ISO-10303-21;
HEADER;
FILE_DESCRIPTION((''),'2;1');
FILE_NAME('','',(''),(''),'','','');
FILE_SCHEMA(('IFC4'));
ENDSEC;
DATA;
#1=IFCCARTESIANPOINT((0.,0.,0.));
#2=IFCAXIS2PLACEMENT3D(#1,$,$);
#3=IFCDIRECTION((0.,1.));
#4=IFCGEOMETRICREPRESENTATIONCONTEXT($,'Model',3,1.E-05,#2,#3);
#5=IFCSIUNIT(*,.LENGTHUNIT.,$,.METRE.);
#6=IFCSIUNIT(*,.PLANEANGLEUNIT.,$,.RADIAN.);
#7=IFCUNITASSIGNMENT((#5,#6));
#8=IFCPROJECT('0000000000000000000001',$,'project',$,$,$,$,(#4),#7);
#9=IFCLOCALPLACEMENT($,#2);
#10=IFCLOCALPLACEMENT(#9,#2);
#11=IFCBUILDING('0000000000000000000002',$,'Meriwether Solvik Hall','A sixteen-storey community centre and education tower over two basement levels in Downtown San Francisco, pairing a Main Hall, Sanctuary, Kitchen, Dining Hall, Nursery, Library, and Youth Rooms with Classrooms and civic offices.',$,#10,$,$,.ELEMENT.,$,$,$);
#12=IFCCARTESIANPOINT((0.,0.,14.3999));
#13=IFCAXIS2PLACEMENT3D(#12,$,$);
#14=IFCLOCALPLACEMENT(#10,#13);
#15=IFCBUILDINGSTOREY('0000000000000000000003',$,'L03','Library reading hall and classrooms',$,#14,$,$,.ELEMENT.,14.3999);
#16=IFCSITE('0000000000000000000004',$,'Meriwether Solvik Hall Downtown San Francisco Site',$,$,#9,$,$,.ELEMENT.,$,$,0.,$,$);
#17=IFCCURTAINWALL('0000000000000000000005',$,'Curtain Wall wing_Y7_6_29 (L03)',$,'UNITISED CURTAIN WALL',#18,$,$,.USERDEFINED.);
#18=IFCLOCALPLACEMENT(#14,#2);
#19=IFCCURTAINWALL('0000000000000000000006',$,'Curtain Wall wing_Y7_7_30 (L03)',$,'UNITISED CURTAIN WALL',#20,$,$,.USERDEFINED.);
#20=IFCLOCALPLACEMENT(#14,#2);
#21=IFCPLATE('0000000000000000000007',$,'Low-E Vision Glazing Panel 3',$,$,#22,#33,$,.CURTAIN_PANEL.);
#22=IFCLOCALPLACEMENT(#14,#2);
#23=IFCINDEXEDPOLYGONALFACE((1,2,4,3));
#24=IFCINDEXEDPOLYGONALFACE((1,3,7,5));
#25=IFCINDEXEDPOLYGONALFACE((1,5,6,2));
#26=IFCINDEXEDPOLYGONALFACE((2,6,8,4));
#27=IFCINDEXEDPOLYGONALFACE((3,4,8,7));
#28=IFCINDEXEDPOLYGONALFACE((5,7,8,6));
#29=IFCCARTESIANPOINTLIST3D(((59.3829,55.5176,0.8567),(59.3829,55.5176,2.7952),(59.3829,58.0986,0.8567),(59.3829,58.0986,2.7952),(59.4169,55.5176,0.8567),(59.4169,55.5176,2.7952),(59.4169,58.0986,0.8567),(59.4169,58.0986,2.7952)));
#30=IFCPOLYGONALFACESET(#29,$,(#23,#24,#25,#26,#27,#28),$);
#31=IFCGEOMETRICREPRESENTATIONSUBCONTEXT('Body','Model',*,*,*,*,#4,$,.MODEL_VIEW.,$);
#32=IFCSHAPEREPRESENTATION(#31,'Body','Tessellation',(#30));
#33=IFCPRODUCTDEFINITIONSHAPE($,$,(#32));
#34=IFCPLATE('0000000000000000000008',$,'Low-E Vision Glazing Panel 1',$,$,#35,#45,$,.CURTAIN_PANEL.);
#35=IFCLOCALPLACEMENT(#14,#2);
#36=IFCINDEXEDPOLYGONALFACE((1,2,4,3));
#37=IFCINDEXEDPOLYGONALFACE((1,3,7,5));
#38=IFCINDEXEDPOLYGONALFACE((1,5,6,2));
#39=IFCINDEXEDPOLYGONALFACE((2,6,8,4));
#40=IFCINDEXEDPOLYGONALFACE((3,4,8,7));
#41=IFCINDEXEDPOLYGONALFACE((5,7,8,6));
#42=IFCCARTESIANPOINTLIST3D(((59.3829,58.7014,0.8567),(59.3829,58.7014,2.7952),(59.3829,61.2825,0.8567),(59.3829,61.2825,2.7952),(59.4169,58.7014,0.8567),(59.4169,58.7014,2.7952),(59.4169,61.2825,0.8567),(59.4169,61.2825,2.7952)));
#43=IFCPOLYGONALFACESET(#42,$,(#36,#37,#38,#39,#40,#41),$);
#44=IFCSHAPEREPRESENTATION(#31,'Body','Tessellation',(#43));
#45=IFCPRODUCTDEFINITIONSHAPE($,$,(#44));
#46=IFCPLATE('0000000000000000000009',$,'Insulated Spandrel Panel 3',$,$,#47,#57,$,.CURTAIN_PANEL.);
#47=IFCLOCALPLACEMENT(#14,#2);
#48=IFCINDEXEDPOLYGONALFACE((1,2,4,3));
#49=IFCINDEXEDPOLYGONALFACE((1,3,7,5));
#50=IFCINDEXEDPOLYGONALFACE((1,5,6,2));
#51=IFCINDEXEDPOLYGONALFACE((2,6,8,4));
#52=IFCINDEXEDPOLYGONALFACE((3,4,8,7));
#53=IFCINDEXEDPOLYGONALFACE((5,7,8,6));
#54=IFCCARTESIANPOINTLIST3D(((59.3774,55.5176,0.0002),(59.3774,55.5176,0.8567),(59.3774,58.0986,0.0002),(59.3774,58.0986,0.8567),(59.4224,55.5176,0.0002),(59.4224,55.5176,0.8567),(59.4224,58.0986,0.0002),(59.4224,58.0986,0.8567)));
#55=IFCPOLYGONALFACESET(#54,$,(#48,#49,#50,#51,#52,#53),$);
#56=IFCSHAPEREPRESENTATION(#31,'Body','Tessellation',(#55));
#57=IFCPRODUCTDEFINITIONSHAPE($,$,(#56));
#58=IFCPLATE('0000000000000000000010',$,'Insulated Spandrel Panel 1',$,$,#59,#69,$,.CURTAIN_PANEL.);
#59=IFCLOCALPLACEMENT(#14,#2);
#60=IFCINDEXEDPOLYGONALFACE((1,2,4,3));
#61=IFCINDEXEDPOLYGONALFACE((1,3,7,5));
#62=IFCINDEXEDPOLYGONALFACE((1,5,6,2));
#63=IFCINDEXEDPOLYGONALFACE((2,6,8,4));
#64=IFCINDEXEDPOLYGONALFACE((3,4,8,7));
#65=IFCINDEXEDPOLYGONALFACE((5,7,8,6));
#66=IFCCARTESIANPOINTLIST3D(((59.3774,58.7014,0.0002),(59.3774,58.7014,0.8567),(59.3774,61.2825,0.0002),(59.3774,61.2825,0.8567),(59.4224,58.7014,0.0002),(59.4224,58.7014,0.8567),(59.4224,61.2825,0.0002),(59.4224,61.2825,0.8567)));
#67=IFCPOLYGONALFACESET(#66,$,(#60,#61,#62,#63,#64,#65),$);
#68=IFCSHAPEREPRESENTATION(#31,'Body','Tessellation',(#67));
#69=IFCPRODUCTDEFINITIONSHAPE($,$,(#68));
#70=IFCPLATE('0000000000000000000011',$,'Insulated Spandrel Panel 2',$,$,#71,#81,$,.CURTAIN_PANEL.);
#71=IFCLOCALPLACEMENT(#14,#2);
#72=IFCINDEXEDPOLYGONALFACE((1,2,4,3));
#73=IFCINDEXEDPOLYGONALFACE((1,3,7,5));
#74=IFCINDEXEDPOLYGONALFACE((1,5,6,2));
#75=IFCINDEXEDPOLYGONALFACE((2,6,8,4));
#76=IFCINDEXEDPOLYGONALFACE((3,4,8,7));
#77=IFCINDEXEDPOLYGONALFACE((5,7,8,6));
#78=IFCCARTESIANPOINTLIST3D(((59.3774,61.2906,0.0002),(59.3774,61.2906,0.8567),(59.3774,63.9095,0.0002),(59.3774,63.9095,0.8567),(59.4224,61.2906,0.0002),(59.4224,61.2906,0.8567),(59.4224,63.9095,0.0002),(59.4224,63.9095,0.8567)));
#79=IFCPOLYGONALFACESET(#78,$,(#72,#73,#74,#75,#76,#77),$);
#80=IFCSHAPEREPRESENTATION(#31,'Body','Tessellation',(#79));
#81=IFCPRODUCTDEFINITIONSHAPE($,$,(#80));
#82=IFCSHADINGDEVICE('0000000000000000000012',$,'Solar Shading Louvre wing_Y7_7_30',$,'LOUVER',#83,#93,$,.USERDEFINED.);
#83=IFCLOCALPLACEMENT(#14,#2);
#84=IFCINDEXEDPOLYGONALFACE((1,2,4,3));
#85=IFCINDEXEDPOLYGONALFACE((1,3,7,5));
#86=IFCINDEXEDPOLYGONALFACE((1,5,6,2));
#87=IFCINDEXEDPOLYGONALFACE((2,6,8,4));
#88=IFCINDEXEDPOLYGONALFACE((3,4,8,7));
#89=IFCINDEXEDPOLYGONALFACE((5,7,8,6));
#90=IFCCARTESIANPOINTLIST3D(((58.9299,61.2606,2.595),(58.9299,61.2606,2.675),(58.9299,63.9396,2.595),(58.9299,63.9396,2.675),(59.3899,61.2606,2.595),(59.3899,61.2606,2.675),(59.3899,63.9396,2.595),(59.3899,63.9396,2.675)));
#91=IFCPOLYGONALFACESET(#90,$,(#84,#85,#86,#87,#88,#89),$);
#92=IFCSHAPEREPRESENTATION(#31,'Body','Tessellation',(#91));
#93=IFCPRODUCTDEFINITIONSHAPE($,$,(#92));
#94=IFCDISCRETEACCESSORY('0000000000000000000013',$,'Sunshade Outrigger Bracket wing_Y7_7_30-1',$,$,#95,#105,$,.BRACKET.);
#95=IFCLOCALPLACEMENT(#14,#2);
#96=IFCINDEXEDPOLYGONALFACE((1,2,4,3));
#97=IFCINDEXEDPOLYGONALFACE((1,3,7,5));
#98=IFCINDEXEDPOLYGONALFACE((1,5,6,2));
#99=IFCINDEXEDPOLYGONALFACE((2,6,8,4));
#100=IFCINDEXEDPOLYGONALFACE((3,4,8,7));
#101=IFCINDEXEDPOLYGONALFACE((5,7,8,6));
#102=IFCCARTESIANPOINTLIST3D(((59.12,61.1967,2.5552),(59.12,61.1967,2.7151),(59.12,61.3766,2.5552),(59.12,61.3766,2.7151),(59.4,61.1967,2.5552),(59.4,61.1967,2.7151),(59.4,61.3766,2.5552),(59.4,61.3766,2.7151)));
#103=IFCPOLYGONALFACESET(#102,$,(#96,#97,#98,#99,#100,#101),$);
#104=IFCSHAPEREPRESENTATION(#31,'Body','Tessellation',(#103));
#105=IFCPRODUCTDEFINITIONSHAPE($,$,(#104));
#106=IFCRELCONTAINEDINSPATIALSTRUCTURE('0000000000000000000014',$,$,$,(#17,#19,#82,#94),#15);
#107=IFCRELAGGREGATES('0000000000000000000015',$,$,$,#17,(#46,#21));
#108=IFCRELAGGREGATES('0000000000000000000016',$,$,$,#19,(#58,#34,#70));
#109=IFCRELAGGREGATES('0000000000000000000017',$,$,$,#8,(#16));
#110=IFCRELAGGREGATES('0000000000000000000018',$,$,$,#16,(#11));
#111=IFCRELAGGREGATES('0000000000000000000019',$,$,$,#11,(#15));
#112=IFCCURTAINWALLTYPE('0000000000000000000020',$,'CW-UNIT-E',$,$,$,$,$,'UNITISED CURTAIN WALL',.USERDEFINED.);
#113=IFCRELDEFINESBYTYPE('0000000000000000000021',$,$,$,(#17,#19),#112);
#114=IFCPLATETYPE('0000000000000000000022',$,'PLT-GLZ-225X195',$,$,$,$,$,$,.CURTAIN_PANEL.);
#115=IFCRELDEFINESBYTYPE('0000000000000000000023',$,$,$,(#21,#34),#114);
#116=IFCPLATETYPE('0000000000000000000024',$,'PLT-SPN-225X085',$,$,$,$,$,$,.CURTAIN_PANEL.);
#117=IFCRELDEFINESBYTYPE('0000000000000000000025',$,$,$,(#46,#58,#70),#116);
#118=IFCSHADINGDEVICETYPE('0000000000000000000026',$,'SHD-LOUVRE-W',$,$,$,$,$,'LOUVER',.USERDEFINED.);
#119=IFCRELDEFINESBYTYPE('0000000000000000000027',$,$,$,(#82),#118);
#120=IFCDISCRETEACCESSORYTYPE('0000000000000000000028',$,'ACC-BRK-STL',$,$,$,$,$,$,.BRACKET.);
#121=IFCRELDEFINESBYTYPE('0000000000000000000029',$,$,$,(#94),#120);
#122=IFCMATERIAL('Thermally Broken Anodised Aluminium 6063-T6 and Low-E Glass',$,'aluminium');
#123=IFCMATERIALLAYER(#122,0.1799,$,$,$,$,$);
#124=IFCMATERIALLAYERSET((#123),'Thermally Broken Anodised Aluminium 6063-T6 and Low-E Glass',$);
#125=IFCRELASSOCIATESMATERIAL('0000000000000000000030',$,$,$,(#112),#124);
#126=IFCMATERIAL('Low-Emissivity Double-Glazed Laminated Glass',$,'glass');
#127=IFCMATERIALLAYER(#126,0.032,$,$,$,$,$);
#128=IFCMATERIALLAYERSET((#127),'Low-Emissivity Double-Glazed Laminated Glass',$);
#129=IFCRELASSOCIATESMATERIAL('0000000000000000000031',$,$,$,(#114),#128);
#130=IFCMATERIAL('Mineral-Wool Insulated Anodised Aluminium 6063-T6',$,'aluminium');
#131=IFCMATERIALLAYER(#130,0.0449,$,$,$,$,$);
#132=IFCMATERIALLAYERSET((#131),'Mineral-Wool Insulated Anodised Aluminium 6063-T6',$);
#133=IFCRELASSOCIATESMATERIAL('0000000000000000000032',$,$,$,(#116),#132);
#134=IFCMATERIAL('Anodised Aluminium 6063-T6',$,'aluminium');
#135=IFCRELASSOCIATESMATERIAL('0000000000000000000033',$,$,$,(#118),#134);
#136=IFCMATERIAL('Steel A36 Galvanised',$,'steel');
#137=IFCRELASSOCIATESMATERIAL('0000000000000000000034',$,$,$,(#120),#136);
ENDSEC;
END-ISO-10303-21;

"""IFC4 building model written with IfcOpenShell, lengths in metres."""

from ifc_helpers import new_model, si_unit, direction, frame, origin, origin_2d, place, context, subcontext, project, spatial, rectangle, extrude, material, layer, layer_set, type_object, element, aggregate, save


model = new_model("IFC4")

# Units and contexts
model_context = context("Model", 3, precision=1e-05, world=origin(), true_north=direction((0.0, 1.0)))
body_context = subcontext(model_context, "Body", "Model", "MODEL_VIEW")
ifc_project = project(units=[si_unit("LENGTHUNIT", "METRE"), si_unit("PLANEANGLEUNIT", "RADIAN")], contexts=[model_context])

# Site, building, storey
site_placement = place(None, origin())
site = spatial("IfcSite", under=ifc_project, at=site_placement, Name="Meriwether Solvik Hall Downtown San Francisco Site", CompositionType="ELEMENT", RefElevation=0.0)
building_placement = place(site_placement, origin())
building = spatial("IfcBuilding", under=site, at=building_placement, Name="Meriwether Solvik Hall", Description="A sixteen-storey community centre and education tower over two basement levels in Downtown San Francisco, pairing a Main Hall, Sanctuary, Kitchen, Dining Hall, Nursery, Library, and Youth Rooms with Classrooms and civic offices.", CompositionType="ELEMENT")
storey_placement = place(building_placement, frame((0.0, 0.0, 14.3999)))
storey = spatial("IfcBuildingStorey", under=building, at=storey_placement, Name="L03", Description="Library reading hall and classrooms", CompositionType="ELEMENT", Elevation=14.3999)

# Curtain wall
ifc_material_1 = material(Name="Thermally Broken Anodised Aluminium 6063-T6 and Low-E Glass", Category="aluminium")
ifc_layer_1 = layer(ifc_material_1, 0.1799)
ifc_layer_set_1 = layer_set([ifc_layer_1], Name="Thermally Broken Anodised Aluminium 6063-T6 and Low-E Glass")
curtain_wall_type = type_object("IfcCurtainWallType", Name="CW-UNIT-E", ElementType="UNITISED CURTAIN WALL", PredefinedType="USERDEFINED", material=ifc_layer_set_1)
curtain_wall_1_placement = place(storey_placement, origin())
curtain_wall_1 = element("IfcCurtainWall", 1, at=curtain_wall_1_placement, inside=storey, type_object=curtain_wall_type, Name="Curtain Wall wing_Y7_6_29 (L03)", ObjectType="UNITISED CURTAIN WALL", PredefinedType="USERDEFINED")

# Curtain wall
curtain_wall_2_placement = place(storey_placement, origin())
curtain_wall_2 = element("IfcCurtainWall", 2, at=curtain_wall_2_placement, inside=storey, type_object=curtain_wall_type, Name="Curtain Wall wing_Y7_7_30 (L03)", ObjectType="UNITISED CURTAIN WALL", PredefinedType="USERDEFINED")

# Plates
ifc_material_2 = material(Name="Low-Emissivity Double-Glazed Laminated Glass", Category="glass")
ifc_layer_2 = layer(ifc_material_2, 0.032)
ifc_layer_set_2 = layer_set([ifc_layer_2], Name="Low-Emissivity Double-Glazed Laminated Glass")
plate_type_1 = type_object("IfcPlateType", Name="PLT-GLZ-225X195", PredefinedType="CURTAIN_PANEL", material=ifc_layer_set_2)
plate_1_placement = place(storey_placement, frame((59.3999, 56.8081, 0.8567), z_axis=(0.0, 0.0, 1.0), x_axis=(0.0, 1.0, 0.0)))
plate_1 = element("IfcPlate", 3, at=plate_1_placement, type_object=plate_type_1, Name="Low-E Vision Glazing Panel 3", PredefinedType="CURTAIN_PANEL", context=body_context, shape_type="SweptSolid", body=[
    extrude(rectangle(XDim=2.5811, YDim=0.0339, at=origin_2d()), origin(), (0.0, 0.0, 1.0), 1.9385),
])
plate_2_placement = place(storey_placement, frame((59.3999, 59.9919, 0.8567), z_axis=(0.0, 0.0, 1.0), x_axis=(0.0, 1.0, 0.0)))
plate_2 = element("IfcPlate", 4, at=plate_2_placement, type_object=plate_type_1, Name="Low-E Vision Glazing Panel 1", PredefinedType="CURTAIN_PANEL", context=body_context, shape_type="SweptSolid", body=[
    extrude(rectangle(XDim=2.5811, YDim=0.0339, at=origin_2d()), origin(), (0.0, 0.0, 1.0), 1.9385),
])
ifc_material_3 = material(Name="Mineral-Wool Insulated Anodised Aluminium 6063-T6", Category="aluminium")
ifc_layer_3 = layer(ifc_material_3, 0.0449)
ifc_layer_set_3 = layer_set([ifc_layer_3], Name="Mineral-Wool Insulated Anodised Aluminium 6063-T6")
plate_type_2 = type_object("IfcPlateType", Name="PLT-SPN-225X085", PredefinedType="CURTAIN_PANEL", material=ifc_layer_set_3)
plate_3_placement = place(storey_placement, frame((59.3999, 56.8081, 0.0002), z_axis=(0.0, 0.0, 1.0), x_axis=(0.0, 1.0, 0.0)))
plate_3 = element("IfcPlate", 5, at=plate_3_placement, type_object=plate_type_2, Name="Insulated Spandrel Panel 3", PredefinedType="CURTAIN_PANEL", context=body_context, shape_type="SweptSolid", body=[
    extrude(rectangle(XDim=2.5811, YDim=0.0449, at=origin_2d()), origin(), (0.0, 0.0, 1.0), 0.8564),
])
aggregate(curtain_wall_1, [plate_3, plate_1])
plate_4_placement = place(storey_placement, frame((59.3999, 59.9919, 0.0002), z_axis=(0.0, 0.0, 1.0), x_axis=(0.0, 1.0, 0.0)))
plate_4 = element("IfcPlate", 6, at=plate_4_placement, type_object=plate_type_2, Name="Insulated Spandrel Panel 1", PredefinedType="CURTAIN_PANEL", context=body_context, shape_type="SweptSolid", body=[
    extrude(rectangle(XDim=2.5811, YDim=0.0449, at=origin_2d()), origin(), (0.0, 0.0, 1.0), 0.8564),
])
plate_5_placement = place(storey_placement, frame((59.3999, 62.6001, 0.0002), z_axis=(0.0, 0.0, 1.0), x_axis=(0.0, 1.0, 0.0)))
plate_5 = element("IfcPlate", 7, at=plate_5_placement, type_object=plate_type_2, Name="Insulated Spandrel Panel 2", PredefinedType="CURTAIN_PANEL", context=body_context, shape_type="SweptSolid", body=[
    extrude(rectangle(XDim=2.6189, YDim=0.0449, at=origin_2d()), origin(), (0.0, 0.0, 1.0), 0.8564),
])
aggregate(curtain_wall_2, [plate_4, plate_2, plate_5])

# Shading device
ifc_material_4 = material(Name="Anodised Aluminium 6063-T6", Category="aluminium")
shading_device_type = type_object("IfcShadingDeviceType", Name="SHD-LOUVRE-W", ElementType="LOUVER", PredefinedType="USERDEFINED", material=ifc_material_4)
shading_device_placement = place(storey_placement, frame((59.1599, 62.6001, 2.595), z_axis=(0.0, 0.0, 1.0), x_axis=(0.0, 1.0, 0.0)))
element("IfcShadingDevice", 8, at=shading_device_placement, inside=storey, type_object=shading_device_type, Name="Solar Shading Louvre wing_Y7_7_30", ObjectType="LOUVER", PredefinedType="USERDEFINED", context=body_context, shape_type="SweptSolid", body=[
    extrude(rectangle(XDim=2.679, YDim=0.46, at=origin_2d()), origin(), (0.0, 0.0, 1.0), 0.0801),
])

# Discrete accessory
ifc_material_5 = material(Name="Steel A36 Galvanised", Category="steel")
discrete_accessory_type = type_object("IfcDiscreteAccessoryType", Name="ACC-BRK-STL", PredefinedType="BRACKET", material=ifc_material_5)
discrete_accessory_placement = place(storey_placement, frame((59.26, 61.2866, 2.5552), z_axis=(0.0, 0.0, 1.0), x_axis=(0.0, 1.0, 0.0)))
element("IfcDiscreteAccessory", 9, at=discrete_accessory_placement, inside=storey, type_object=discrete_accessory_type, Name="Sunshade Outrigger Bracket wing_Y7_7_30-1", PredefinedType="BRACKET", context=body_context, shape_type="SweptSolid", body=[
    extrude(rectangle(XDim=0.1799, YDim=0.28, at=origin_2d()), origin(), (0.0, 0.0, 1.0), 0.1599),
])

save(model, "model.ifc")
